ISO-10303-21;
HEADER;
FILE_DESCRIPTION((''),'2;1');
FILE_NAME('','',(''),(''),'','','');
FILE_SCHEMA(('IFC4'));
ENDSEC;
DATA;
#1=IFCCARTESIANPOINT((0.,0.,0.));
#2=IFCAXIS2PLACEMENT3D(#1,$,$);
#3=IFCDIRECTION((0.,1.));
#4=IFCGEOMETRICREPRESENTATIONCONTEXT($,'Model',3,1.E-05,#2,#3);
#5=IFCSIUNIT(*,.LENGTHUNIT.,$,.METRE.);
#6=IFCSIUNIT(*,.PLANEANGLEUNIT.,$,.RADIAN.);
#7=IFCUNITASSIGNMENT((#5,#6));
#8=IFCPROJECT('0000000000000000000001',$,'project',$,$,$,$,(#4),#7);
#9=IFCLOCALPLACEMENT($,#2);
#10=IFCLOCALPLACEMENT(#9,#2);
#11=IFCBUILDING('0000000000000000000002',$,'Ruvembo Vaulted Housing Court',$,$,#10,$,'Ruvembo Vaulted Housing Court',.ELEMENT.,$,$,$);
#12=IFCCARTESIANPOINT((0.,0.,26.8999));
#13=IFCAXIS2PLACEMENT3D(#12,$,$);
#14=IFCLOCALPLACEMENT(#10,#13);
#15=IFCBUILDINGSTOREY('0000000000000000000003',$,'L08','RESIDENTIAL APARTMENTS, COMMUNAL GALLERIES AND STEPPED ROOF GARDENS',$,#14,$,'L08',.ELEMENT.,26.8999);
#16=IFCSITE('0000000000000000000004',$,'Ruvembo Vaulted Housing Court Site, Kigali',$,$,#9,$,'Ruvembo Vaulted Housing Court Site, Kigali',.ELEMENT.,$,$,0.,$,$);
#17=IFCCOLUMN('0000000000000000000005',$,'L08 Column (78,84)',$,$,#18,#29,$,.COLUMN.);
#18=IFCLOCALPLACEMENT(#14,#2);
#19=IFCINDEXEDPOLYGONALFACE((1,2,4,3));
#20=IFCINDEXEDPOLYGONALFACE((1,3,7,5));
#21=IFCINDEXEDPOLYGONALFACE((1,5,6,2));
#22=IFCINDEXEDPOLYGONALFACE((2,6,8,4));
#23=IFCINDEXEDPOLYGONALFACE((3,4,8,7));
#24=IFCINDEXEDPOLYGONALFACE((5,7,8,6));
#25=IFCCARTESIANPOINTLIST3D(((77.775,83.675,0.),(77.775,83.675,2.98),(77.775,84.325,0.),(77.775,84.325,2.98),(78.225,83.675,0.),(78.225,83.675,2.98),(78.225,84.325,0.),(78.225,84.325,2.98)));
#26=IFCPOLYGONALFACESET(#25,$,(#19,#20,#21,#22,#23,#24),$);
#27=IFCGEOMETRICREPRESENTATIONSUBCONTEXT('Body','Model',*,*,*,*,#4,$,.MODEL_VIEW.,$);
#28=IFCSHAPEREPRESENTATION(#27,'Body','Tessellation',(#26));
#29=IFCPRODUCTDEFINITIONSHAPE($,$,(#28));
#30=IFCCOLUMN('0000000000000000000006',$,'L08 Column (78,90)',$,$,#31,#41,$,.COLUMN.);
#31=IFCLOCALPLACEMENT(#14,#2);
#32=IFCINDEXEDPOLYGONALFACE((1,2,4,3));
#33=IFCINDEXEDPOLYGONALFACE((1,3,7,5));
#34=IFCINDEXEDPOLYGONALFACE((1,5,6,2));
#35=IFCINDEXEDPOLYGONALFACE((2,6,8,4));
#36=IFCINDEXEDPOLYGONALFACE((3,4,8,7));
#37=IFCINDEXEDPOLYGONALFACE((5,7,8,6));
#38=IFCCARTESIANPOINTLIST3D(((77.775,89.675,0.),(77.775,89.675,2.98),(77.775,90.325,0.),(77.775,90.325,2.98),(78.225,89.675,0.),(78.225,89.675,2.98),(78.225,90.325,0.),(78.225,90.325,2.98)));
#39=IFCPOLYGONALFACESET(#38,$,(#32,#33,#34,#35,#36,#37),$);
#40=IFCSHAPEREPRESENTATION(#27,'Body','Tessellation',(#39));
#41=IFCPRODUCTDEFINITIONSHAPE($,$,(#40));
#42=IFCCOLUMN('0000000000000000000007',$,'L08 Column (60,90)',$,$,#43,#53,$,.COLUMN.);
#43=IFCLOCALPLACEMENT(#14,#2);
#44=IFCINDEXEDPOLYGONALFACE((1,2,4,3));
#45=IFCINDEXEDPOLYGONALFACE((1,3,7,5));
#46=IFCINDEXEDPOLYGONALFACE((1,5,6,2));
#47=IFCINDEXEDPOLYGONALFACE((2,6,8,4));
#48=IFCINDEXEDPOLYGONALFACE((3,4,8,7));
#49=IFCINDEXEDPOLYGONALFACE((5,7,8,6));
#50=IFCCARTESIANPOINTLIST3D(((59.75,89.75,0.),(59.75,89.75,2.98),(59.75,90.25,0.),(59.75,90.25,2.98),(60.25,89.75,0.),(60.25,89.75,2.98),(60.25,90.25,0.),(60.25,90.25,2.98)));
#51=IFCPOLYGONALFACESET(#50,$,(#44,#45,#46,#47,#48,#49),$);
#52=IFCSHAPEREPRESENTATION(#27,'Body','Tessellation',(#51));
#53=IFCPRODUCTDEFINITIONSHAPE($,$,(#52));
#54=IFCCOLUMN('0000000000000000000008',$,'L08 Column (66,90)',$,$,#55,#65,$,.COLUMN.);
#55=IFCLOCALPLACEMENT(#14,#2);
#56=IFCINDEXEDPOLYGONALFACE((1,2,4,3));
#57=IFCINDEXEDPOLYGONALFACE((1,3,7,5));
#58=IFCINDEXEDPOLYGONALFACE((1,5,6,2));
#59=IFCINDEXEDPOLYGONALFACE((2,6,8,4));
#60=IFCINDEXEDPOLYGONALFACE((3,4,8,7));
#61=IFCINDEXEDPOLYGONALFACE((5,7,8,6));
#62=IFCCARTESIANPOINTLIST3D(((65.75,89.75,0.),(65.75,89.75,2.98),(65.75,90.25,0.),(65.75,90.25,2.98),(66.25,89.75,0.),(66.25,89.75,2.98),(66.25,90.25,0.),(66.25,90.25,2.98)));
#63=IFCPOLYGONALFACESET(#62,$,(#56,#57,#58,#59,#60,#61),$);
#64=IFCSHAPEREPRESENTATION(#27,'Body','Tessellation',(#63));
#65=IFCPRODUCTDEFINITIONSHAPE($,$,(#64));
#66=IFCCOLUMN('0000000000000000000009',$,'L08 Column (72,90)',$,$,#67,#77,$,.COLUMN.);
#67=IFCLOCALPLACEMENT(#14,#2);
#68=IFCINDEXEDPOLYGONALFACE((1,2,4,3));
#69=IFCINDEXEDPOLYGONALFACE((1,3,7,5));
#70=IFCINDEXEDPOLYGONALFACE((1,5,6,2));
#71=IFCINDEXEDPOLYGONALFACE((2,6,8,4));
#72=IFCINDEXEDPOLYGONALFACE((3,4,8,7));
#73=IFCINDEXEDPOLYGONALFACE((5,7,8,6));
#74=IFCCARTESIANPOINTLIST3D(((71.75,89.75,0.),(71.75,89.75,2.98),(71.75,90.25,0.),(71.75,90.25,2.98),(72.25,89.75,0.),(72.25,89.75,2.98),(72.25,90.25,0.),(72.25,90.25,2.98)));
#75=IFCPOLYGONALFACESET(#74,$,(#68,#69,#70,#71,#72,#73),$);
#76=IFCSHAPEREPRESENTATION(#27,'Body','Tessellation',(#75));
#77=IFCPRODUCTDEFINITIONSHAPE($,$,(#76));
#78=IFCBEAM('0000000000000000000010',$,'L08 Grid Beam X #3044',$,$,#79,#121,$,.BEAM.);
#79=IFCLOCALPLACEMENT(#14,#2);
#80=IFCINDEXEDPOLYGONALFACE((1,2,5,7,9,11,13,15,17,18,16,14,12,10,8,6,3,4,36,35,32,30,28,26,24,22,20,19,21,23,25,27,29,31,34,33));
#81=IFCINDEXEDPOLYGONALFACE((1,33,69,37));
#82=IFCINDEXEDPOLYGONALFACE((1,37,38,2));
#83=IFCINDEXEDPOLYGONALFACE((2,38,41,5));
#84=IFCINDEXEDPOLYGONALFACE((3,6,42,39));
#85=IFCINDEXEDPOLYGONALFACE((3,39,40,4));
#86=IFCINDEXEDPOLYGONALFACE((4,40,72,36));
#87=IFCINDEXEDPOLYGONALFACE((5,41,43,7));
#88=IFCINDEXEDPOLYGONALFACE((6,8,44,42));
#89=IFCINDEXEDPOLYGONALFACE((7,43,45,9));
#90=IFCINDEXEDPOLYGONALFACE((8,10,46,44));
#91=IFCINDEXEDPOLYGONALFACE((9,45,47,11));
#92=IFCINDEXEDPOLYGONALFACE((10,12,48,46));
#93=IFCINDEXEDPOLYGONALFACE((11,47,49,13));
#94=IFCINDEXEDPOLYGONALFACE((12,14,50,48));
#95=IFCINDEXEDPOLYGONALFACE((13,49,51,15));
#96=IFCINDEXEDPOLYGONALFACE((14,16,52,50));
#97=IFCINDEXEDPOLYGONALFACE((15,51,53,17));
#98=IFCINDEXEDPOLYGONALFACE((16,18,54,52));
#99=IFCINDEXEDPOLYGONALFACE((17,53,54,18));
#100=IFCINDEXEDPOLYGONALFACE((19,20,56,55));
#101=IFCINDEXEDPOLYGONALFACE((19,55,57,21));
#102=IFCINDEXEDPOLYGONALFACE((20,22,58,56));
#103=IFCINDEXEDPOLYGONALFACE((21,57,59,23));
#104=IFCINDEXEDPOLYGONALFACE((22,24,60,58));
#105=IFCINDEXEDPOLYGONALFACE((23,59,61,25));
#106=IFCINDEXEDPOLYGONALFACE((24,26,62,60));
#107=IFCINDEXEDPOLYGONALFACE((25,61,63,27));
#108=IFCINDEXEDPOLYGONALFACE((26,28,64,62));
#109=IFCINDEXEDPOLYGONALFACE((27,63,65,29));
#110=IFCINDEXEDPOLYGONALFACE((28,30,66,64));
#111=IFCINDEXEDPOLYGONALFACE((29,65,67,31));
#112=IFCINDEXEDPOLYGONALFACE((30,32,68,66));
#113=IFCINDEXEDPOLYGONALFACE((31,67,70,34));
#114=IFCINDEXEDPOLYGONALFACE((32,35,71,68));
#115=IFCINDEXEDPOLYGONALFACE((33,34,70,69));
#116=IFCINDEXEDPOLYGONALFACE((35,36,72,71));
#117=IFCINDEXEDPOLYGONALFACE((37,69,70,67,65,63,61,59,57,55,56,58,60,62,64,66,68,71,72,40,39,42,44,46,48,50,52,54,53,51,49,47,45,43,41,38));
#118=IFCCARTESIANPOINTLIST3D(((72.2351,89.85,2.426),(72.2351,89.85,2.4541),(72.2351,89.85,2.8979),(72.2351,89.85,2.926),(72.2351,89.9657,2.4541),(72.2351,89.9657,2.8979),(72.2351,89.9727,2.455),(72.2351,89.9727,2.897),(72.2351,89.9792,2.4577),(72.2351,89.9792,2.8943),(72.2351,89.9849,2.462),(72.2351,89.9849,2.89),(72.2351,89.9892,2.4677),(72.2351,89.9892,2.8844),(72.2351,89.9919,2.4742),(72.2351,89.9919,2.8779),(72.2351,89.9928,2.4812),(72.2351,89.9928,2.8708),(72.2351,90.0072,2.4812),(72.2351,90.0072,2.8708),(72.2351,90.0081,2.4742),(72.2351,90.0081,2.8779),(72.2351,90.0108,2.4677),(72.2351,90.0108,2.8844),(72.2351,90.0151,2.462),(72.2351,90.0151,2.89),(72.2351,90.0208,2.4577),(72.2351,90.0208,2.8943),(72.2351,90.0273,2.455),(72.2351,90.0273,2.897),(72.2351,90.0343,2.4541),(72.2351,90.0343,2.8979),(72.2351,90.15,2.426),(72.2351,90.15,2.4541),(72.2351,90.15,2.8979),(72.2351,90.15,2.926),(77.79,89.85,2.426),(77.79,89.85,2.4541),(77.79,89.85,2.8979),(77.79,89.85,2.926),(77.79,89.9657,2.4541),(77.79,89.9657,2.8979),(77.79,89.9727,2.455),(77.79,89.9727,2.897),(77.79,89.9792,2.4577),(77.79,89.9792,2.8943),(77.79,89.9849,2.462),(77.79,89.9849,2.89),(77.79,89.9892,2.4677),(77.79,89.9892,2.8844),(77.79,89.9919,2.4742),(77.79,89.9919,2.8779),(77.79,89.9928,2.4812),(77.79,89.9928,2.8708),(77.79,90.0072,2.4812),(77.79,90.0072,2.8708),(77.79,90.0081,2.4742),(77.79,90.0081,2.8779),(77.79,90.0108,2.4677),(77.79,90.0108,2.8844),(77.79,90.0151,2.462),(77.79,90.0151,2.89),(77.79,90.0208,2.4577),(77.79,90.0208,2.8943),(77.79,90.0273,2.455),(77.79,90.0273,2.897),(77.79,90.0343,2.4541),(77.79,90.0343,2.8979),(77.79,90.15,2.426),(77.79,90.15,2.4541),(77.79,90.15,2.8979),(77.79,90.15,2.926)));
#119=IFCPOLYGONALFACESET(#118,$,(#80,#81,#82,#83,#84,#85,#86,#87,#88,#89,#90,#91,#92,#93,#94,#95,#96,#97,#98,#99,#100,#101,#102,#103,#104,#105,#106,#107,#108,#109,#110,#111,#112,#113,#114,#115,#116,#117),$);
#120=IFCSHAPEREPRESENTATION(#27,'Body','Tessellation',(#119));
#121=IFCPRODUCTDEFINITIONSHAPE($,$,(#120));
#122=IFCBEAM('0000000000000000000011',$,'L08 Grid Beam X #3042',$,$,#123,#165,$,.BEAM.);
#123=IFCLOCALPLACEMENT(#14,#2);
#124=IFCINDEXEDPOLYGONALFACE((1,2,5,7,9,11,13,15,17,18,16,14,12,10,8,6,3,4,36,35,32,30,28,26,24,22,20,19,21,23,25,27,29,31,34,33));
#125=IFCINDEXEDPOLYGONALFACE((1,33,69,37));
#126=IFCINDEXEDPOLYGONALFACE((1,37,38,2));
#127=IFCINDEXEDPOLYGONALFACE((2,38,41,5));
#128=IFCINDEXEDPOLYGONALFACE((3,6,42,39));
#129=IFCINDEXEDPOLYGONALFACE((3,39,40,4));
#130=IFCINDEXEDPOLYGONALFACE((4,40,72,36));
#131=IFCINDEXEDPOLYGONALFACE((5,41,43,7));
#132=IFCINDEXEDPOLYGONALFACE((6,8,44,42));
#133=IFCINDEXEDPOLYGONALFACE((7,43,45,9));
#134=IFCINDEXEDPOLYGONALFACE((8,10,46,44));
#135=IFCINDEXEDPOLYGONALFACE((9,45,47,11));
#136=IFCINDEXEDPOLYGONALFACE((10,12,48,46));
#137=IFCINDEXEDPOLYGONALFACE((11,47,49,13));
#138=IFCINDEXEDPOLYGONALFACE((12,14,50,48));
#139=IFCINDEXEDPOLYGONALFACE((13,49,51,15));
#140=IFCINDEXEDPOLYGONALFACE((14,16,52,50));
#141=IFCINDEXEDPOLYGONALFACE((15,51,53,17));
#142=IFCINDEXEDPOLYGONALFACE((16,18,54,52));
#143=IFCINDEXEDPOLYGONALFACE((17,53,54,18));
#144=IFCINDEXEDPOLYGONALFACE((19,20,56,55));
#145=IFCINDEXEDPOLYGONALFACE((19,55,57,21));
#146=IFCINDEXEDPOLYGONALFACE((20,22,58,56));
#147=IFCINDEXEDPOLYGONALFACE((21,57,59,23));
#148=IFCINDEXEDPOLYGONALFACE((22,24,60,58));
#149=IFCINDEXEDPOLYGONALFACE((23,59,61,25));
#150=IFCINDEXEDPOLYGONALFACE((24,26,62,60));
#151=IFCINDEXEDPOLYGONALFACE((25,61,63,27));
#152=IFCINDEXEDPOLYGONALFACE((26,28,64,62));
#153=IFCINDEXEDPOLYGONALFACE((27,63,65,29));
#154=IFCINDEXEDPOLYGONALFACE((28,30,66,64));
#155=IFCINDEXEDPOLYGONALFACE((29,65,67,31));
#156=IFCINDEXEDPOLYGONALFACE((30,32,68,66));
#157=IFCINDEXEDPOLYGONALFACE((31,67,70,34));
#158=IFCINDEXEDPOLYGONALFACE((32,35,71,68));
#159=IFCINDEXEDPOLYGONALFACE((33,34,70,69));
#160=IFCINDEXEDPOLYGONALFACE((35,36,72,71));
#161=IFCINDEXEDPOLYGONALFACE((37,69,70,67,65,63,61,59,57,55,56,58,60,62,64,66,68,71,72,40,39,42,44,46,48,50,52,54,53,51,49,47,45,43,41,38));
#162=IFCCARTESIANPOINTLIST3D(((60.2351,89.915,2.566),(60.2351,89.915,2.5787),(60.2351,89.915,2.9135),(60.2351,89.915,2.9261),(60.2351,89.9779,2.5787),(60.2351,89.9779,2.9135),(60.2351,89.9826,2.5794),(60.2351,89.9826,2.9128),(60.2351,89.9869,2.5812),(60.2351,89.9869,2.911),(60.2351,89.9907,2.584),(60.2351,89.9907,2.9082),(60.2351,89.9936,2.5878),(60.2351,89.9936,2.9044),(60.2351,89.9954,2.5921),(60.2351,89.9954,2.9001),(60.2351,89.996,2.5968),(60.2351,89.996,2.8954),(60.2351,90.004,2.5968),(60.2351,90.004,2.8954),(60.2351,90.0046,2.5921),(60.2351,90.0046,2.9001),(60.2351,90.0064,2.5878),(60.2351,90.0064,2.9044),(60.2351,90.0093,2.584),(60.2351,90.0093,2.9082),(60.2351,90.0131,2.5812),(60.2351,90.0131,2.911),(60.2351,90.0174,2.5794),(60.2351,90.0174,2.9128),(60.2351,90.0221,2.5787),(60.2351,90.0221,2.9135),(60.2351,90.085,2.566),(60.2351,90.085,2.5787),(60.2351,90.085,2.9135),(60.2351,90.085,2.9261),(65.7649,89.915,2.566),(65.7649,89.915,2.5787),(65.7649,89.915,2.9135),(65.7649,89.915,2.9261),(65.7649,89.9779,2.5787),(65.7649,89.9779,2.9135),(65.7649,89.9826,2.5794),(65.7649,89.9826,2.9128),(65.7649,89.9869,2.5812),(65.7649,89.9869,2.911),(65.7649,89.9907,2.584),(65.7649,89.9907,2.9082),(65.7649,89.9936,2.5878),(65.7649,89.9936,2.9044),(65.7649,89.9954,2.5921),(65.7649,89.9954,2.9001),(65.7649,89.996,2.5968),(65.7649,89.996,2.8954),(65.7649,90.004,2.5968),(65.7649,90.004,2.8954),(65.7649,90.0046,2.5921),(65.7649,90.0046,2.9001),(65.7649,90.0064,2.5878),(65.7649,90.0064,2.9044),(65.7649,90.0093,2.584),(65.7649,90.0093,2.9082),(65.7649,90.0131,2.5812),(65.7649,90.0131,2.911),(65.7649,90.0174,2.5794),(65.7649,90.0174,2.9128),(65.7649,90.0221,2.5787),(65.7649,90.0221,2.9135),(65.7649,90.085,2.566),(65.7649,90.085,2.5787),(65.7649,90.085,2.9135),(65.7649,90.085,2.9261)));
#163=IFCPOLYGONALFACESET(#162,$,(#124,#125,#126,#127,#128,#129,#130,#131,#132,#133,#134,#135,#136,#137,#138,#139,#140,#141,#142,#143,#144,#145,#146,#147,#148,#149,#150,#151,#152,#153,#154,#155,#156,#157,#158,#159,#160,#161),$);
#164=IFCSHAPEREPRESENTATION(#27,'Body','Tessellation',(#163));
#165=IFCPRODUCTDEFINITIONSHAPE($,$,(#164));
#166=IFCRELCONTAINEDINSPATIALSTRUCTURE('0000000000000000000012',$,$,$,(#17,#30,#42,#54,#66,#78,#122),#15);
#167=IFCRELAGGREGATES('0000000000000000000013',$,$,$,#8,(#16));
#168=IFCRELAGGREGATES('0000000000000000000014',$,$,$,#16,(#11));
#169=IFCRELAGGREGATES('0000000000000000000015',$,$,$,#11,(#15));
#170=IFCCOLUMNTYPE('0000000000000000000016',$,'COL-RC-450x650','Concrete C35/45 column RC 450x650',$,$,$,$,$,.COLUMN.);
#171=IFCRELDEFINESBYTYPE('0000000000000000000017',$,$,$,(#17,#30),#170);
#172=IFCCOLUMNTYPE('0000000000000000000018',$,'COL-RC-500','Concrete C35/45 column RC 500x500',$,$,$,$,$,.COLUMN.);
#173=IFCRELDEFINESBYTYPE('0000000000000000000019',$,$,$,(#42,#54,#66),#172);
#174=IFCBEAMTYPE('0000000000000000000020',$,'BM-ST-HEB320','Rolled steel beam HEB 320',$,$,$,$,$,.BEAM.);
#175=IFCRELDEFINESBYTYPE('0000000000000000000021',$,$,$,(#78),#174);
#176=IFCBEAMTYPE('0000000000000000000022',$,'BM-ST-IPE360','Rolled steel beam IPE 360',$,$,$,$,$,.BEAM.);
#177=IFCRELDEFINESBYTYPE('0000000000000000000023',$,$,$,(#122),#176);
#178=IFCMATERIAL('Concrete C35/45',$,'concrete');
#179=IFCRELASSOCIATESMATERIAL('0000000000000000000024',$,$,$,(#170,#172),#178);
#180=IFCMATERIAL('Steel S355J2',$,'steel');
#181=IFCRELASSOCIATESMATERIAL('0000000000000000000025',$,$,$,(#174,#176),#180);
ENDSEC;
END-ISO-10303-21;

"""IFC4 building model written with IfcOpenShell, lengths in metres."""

from ifc_helpers import new_model, si_unit, direction, frame, origin, origin_2d, place, context, subcontext, project, spatial, rectangle, i_section, extrude, material, material_profile, profile_set, type_object, element, save


model = new_model("IFC4")

# Units and contexts
model_context = context("Model", 3, precision=1e-05, world=origin(), true_north=direction((0.0, 1.0)))
body_context = subcontext(model_context, "Body", "Model", "MODEL_VIEW")
ifc_project = project(units=[si_unit("LENGTHUNIT", "METRE"), si_unit("PLANEANGLEUNIT", "RADIAN")], contexts=[model_context])

# Site, building, storey
site_placement = place(None, origin())
site = spatial("IfcSite", under=ifc_project, at=site_placement, Name="Ruvembo Vaulted Housing Court Site, Kigali", LongName="Ruvembo Vaulted Housing Court Site, Kigali", CompositionType="ELEMENT", RefElevation=0.0)
building_placement = place(site_placement, origin())
building = spatial("IfcBuilding", under=site, at=building_placement, Name="Ruvembo Vaulted Housing Court", LongName="Ruvembo Vaulted Housing Court", CompositionType="ELEMENT")
storey_placement = place(building_placement, frame((0.0, 0.0, 26.8999)))
storey = spatial("IfcBuildingStorey", under=building, at=storey_placement, Name="L08", Description="RESIDENTIAL APARTMENTS, COMMUNAL GALLERIES AND STEPPED ROOF GARDENS", LongName="L08", CompositionType="ELEMENT", Elevation=26.8999)

# Columns
ifc_material_1 = material(Name="Concrete C35/45", Category="concrete")
ifc_material_profile_1 = material_profile(ifc_material_1, rectangle(XDim=0.45, YDim=0.6499, at=origin_2d()), Name="RC 450x650")
ifc_profile_set_1 = profile_set([ifc_material_profile_1], Name="Concrete C35/45")
column_type_1 = type_object("IfcColumnType", Name="COL-RC-450x650", Description="Concrete C35/45 column RC 450x650", PredefinedType="COLUMN", material=ifc_profile_set_1)
for number, where, z_axis, x_axis, name in (
    (1, (78.0, 84.0, 0.0), (0.0, 0.0, 1.0), (1.0, 0.0, 0.0), "L08 Column (78,84)"),
    (2, (78.0, 90.0, 0.0), (0.0, 0.0, 1.0), (1.0, 0.0, 0.0), "L08 Column (78,90)"),
):
    element("IfcColumn", number, at=place(storey_placement, frame(where, z_axis=z_axis, x_axis=x_axis)), inside=storey, type_object=column_type_1, Name=name, PredefinedType="COLUMN", context=body_context, shape_type="SweptSolid", body=[
        extrude(rectangle(XDim=0.45, YDim=0.6499, at=origin_2d()), origin(), (0.0, 0.0, 1.0), 2.98),
    ])
ifc_material_profile_2 = material_profile(ifc_material_1, rectangle(XDim=0.5, YDim=0.5, at=origin_2d()), Name="RC 500x500")
ifc_profile_set_2 = profile_set([ifc_material_profile_2], Name="Concrete C35/45")
column_type_2 = type_object("IfcColumnType", Name="COL-RC-500", Description="Concrete C35/45 column RC 500x500", PredefinedType="COLUMN", material=ifc_profile_set_2)
for number, where, z_axis, x_axis, name in (
    (3, (60.0, 90.0, 0.0), (0.0, 0.0, 1.0), (1.0, 0.0, 0.0), "L08 Column (60,90)"),
    (4, (66.0, 90.0, 0.0), (0.0, 0.0, 1.0), (1.0, 0.0, 0.0), "L08 Column (66,90)"),
    (5, (72.0, 90.0, 0.0), (0.0, 0.0, 1.0), (1.0, 0.0, 0.0), "L08 Column (72,90)"),
):
    element("IfcColumn", number, at=place(storey_placement, frame(where, z_axis=z_axis, x_axis=x_axis)), inside=storey, type_object=column_type_2, Name=name, PredefinedType="COLUMN", context=body_context, shape_type="SweptSolid", body=[
        extrude(rectangle(XDim=0.5, YDim=0.5, at=origin_2d()), origin(), (0.0, 0.0, 1.0), 2.98),
    ])

# Beams
ifc_material_2 = material(Name="Steel S355J2", Category="steel")
ifc_material_profile_3 = material_profile(ifc_material_2, i_section(OverallWidth=0.3, OverallDepth=0.5, WebThickness=0.0144, FlangeThickness=0.0281, FilletRadius=0.0271, at=origin_2d()), Name="HEB 320")
ifc_profile_set_3 = profile_set([ifc_material_profile_3], Name="Steel S355J2")
beam_type_1 = type_object("IfcBeamType", Name="BM-ST-HEB320", Description="Rolled steel beam HEB 320", PredefinedType="BEAM", material=ifc_profile_set_3)
beam_1_placement = place(storey_placement, frame((72.2351, 90.0, 2.676), z_axis=(1.0, 0.0, 0.0), x_axis=(0.0, 1.0, 0.0)))
element("IfcBeam", 6, at=beam_1_placement, inside=storey, type_object=beam_type_1, Name="L08 Grid Beam X #3044", PredefinedType="BEAM", context=body_context, shape_type="SweptSolid", body=[
    extrude(i_section(OverallWidth=0.3, OverallDepth=0.5, WebThickness=0.0144, FlangeThickness=0.0281, FilletRadius=0.0271, at=origin_2d()), origin(), (0.0, 0.0, 1.0), 5.5549),
])
ifc_material_profile_4 = material_profile(ifc_material_2, i_section(OverallWidth=0.1699, OverallDepth=0.3601, WebThickness=0.0081, FlangeThickness=0.0127, FilletRadius=0.0181, at=origin_2d()), Name="IPE 360")
ifc_profile_set_4 = profile_set([ifc_material_profile_4], Name="Steel S355J2")
beam_type_2 = type_object("IfcBeamType", Name="BM-ST-IPE360", Description="Rolled steel beam IPE 360", PredefinedType="BEAM", material=ifc_profile_set_4)
for number, where, z_axis, x_axis, name in (
    (7, (60.2351, 90.0, 2.7461), (1.0, 0.0, 0.0), (0.0, 1.0, 0.0), "L08 Grid Beam X #3042"),
):
    element("IfcBeam", number, at=place(storey_placement, frame(where, z_axis=z_axis, x_axis=x_axis)), inside=storey, type_object=beam_type_2, Name=name, PredefinedType="BEAM", context=body_context, shape_type="SweptSolid", body=[
        extrude(i_section(OverallWidth=0.1699, OverallDepth=0.3601, WebThickness=0.0081, FlangeThickness=0.0127, FilletRadius=0.0181, at=origin_2d()), origin(), (0.0, 0.0, 1.0), 5.5298),
    ])

save(model, "model.ifc")
